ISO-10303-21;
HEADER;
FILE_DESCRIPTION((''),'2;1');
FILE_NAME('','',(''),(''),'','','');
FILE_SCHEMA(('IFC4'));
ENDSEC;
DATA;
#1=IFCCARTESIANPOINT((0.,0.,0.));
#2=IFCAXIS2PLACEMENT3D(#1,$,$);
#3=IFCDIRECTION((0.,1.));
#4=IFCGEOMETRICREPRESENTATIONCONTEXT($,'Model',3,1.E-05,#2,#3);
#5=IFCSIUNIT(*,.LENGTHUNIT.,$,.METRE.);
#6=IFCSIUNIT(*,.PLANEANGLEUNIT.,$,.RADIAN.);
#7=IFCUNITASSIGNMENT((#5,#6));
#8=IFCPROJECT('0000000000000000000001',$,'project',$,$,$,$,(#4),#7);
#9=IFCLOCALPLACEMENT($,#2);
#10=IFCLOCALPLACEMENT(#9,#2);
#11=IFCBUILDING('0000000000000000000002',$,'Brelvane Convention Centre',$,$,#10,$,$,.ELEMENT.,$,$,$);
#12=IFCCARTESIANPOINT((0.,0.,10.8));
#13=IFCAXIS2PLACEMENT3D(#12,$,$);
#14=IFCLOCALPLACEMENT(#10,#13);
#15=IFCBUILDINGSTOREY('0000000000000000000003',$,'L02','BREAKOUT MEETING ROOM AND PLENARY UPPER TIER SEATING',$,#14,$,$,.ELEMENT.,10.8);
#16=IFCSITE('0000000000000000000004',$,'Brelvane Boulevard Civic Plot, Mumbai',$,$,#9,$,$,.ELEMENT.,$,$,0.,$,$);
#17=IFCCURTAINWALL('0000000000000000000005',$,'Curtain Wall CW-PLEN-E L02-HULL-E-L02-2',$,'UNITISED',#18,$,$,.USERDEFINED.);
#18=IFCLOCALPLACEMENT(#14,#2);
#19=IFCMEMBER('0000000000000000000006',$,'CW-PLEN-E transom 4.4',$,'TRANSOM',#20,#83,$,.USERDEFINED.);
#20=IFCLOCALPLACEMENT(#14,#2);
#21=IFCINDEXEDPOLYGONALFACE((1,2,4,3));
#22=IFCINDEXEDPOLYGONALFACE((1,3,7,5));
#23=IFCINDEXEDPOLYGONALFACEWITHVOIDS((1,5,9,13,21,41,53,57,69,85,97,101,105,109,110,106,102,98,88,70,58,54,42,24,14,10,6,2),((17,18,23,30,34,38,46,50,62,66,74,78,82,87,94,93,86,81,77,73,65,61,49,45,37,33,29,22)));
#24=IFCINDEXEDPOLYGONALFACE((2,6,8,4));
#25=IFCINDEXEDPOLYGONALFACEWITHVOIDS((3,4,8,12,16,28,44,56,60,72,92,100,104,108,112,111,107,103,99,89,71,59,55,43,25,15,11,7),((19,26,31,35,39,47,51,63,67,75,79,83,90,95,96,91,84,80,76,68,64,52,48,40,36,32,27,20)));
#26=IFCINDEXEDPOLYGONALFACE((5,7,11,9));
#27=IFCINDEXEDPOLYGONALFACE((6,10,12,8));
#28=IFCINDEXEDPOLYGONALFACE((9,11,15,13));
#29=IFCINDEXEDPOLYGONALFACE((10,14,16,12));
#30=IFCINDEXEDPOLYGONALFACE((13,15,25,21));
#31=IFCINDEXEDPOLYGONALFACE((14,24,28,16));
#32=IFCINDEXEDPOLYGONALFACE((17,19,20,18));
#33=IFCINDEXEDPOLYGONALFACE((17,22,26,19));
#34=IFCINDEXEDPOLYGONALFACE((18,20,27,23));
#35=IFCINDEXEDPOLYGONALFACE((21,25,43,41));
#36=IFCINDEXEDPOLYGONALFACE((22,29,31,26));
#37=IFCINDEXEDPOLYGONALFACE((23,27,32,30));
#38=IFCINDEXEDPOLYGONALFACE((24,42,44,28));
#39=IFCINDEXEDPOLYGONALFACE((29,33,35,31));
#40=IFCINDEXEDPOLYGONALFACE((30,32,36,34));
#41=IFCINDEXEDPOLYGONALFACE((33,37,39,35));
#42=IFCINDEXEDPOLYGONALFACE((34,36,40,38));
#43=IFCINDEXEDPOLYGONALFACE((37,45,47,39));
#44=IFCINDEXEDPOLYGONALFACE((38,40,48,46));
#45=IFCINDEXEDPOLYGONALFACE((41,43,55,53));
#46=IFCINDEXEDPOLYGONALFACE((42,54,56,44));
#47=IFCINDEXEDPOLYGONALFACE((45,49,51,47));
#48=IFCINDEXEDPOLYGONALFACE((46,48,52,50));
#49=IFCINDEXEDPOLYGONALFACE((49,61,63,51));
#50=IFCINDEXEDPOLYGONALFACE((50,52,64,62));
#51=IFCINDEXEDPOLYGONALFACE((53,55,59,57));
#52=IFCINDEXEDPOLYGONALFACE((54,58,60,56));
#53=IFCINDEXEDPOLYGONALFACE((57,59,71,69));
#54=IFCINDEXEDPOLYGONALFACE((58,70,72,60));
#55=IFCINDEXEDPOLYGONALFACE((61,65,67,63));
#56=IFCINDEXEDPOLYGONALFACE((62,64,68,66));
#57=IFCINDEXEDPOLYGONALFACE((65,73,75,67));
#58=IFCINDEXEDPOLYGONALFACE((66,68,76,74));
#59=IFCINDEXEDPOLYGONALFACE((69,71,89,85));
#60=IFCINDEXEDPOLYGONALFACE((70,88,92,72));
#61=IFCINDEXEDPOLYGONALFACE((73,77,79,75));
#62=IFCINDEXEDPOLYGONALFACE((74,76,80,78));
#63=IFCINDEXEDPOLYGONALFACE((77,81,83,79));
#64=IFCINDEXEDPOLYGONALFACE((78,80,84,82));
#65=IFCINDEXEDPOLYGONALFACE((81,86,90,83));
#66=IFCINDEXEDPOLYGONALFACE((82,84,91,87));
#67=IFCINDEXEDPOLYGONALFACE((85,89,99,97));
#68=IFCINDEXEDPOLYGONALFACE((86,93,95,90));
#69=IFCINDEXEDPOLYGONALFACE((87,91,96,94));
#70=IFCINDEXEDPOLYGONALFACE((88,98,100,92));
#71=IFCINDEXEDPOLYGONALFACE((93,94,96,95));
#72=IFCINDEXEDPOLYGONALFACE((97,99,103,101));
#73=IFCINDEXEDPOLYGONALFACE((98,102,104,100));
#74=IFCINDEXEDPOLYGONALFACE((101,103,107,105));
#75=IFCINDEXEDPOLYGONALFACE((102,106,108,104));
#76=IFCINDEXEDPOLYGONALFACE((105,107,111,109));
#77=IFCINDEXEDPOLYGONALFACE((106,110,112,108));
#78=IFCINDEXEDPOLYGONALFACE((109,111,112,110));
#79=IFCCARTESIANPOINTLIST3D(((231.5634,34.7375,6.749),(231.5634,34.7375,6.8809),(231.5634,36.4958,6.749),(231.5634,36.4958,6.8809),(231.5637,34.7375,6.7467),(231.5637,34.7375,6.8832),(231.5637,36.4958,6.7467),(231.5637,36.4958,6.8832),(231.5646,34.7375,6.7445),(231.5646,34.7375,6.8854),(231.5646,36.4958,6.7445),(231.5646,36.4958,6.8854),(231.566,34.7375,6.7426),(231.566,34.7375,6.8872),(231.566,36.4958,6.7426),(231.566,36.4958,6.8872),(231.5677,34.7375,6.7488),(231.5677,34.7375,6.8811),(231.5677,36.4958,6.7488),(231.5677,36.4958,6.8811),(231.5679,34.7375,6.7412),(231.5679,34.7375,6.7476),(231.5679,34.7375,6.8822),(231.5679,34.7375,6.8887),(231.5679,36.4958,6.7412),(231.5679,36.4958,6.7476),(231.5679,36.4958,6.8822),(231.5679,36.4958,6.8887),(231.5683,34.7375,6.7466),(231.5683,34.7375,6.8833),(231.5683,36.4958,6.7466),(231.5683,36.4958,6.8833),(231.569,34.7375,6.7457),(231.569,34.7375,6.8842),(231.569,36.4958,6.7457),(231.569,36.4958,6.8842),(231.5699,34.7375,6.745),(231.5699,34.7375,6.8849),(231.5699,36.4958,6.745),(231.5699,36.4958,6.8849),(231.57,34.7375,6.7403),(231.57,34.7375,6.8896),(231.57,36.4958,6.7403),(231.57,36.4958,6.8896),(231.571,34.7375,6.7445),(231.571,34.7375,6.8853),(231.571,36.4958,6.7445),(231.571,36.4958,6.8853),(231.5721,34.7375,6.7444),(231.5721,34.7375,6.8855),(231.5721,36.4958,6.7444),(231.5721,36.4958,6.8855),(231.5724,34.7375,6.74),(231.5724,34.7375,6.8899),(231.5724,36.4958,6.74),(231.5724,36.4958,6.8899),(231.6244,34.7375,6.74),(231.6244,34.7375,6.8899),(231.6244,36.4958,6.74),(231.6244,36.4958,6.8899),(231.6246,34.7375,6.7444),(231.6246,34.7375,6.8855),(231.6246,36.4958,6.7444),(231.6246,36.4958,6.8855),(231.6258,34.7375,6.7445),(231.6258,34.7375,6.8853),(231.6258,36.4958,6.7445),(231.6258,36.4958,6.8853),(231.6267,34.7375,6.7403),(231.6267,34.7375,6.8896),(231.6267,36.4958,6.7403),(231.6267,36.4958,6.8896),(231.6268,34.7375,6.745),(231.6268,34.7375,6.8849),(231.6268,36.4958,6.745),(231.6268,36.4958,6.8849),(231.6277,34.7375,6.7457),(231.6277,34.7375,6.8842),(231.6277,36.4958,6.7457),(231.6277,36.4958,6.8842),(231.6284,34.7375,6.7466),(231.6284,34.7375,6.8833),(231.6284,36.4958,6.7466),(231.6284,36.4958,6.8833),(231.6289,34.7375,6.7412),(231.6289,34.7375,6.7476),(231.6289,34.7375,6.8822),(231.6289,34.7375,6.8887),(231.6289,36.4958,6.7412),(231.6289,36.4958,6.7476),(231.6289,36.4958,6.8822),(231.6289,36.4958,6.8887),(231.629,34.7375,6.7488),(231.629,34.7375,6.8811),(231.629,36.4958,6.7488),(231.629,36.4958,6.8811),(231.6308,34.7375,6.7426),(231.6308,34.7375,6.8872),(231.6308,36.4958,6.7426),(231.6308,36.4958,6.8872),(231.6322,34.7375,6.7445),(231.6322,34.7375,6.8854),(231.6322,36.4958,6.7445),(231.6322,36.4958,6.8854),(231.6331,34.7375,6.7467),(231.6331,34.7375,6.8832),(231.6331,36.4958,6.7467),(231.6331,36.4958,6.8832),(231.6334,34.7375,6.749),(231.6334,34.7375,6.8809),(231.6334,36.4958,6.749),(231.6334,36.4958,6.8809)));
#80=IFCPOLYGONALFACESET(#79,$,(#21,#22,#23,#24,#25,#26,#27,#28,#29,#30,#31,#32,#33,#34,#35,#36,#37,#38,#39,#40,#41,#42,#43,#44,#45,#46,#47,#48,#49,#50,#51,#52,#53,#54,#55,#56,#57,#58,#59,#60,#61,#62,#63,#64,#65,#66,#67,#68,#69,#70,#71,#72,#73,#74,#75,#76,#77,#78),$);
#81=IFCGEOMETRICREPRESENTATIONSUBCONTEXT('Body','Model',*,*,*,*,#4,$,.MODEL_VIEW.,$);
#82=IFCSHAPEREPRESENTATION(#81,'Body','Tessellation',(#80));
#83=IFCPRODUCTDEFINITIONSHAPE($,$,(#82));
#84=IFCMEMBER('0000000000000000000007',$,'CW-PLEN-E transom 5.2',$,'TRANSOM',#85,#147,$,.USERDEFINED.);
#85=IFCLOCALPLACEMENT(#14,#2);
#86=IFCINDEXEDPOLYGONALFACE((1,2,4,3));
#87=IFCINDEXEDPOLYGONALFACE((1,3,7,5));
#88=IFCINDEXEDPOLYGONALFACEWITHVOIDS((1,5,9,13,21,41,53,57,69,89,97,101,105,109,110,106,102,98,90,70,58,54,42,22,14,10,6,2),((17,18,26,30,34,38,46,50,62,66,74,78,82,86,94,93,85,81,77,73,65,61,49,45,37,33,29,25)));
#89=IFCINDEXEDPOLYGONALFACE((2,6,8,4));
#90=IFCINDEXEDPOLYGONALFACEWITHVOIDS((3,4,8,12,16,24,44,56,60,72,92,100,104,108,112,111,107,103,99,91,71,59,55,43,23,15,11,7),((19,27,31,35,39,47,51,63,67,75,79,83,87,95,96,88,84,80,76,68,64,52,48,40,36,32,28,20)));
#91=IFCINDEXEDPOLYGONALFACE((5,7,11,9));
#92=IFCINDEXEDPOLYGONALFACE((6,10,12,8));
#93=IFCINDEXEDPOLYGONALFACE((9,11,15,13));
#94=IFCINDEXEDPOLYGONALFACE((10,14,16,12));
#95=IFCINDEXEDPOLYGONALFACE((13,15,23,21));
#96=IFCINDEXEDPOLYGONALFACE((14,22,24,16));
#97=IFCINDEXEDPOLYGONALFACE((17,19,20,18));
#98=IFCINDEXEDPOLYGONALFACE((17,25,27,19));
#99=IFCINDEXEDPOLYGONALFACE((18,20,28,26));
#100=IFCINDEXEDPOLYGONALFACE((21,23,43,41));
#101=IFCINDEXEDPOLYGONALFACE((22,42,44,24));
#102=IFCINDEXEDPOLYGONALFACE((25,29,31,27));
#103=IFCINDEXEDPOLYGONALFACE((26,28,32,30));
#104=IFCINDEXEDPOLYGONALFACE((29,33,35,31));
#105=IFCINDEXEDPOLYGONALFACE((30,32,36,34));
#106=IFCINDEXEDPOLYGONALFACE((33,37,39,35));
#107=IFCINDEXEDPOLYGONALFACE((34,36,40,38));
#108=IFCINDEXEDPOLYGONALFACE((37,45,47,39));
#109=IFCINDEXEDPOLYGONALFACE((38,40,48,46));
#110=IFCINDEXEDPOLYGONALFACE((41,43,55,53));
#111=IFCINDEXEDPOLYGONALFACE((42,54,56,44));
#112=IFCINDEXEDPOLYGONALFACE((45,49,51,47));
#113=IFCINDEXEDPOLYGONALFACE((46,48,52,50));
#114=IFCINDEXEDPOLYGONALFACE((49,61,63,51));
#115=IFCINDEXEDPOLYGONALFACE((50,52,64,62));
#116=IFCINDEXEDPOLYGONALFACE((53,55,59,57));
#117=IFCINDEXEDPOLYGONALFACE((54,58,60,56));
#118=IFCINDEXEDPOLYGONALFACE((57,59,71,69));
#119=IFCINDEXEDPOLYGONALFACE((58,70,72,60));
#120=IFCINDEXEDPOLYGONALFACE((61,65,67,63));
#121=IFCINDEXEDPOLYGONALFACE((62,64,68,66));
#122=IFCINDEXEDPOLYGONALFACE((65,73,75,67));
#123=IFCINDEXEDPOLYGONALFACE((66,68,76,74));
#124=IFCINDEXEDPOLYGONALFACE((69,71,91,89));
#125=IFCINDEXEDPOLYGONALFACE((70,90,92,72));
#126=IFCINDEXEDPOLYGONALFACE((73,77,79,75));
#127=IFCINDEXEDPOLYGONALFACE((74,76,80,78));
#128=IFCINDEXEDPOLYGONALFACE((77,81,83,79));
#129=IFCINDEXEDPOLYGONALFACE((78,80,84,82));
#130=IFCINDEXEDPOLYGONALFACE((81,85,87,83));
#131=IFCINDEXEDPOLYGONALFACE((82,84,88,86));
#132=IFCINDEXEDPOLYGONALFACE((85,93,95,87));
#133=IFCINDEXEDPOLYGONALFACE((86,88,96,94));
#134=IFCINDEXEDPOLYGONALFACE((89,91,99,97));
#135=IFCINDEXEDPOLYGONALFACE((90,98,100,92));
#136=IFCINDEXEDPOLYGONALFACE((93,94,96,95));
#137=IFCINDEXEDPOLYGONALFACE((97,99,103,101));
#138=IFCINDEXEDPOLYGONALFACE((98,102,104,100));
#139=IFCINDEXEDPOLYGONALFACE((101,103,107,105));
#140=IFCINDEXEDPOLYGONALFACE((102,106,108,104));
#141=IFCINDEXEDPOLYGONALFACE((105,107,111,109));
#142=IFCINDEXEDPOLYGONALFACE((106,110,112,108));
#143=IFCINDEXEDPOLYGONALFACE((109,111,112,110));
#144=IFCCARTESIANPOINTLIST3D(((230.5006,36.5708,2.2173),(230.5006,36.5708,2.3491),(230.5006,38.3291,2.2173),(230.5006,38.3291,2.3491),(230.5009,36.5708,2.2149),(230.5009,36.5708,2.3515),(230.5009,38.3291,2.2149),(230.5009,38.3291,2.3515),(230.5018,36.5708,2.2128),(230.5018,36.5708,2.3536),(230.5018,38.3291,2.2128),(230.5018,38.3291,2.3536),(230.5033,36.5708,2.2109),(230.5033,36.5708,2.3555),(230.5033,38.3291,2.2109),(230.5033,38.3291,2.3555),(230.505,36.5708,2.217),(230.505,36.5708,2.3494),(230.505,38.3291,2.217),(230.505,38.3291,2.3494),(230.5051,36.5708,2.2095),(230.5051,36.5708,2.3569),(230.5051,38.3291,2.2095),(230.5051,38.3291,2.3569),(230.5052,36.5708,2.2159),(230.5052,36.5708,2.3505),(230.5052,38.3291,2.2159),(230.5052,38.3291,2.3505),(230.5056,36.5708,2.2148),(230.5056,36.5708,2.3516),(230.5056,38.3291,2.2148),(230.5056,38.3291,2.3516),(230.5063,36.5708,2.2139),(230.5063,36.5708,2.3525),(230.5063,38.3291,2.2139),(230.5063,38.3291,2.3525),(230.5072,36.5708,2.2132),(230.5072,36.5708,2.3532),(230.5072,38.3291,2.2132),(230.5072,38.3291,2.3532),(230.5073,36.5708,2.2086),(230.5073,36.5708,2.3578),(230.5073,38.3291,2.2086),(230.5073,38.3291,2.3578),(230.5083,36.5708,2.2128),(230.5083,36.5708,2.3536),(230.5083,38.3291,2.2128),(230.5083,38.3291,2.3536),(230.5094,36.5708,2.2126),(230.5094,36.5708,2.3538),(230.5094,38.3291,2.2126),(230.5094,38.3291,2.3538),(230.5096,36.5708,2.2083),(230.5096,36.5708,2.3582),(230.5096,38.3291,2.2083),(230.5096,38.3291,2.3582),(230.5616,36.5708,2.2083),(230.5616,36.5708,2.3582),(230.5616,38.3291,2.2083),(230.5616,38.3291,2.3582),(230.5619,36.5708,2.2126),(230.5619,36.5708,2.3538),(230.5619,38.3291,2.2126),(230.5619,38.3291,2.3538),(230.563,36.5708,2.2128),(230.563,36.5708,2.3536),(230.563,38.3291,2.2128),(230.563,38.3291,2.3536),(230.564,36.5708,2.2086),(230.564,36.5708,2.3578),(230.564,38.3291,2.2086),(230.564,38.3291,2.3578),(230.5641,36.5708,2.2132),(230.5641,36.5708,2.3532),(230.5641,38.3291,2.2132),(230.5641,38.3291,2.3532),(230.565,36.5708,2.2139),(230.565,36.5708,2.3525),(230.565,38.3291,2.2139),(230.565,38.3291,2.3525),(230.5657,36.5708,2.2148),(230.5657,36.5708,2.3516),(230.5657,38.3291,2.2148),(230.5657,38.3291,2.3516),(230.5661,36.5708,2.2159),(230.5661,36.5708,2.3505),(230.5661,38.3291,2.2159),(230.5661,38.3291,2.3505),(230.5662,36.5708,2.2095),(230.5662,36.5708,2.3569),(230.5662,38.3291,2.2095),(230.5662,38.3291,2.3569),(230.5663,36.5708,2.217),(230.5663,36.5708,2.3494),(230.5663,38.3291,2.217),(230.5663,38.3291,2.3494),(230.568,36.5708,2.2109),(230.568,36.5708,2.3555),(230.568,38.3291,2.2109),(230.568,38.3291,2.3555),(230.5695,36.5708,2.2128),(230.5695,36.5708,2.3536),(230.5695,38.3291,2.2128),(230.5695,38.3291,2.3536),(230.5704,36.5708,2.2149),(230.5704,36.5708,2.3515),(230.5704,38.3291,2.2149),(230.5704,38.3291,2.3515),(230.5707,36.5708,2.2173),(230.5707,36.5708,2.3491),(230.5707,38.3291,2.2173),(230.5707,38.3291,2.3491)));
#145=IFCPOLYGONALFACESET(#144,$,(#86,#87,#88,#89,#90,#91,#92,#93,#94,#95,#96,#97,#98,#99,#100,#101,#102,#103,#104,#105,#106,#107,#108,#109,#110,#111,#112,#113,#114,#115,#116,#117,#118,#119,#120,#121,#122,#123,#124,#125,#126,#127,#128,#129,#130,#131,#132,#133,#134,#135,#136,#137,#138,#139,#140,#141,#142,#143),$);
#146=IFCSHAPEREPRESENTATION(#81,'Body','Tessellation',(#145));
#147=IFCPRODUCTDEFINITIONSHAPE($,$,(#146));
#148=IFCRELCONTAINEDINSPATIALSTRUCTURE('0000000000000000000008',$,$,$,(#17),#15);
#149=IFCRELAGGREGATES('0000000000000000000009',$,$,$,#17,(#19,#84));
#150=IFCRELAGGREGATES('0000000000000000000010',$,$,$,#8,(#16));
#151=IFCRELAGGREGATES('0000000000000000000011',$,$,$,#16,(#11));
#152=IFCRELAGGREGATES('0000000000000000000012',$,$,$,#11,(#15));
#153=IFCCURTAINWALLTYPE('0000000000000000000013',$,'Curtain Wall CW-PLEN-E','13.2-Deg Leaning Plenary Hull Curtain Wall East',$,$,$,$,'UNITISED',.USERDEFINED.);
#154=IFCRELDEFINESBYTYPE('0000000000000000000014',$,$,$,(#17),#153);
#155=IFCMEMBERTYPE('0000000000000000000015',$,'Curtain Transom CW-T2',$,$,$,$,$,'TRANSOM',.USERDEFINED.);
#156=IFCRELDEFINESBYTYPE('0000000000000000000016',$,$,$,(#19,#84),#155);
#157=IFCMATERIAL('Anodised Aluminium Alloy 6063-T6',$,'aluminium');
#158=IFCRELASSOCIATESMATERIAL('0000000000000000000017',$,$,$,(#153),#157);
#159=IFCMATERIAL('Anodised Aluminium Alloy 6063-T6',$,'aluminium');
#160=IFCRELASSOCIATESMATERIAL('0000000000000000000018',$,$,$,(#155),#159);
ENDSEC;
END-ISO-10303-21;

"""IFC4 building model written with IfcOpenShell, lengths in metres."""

from ifc_helpers import new_model, si_unit, direction, frame, origin, origin_2d, place, context, subcontext, project, spatial, hollow_rectangle, extrude, material, material_profile, profile_set, type_object, element, aggregate, save


model = new_model("IFC4")

# Units and contexts
model_context = context("Model", 3, precision=1e-05, world=origin(), true_north=direction((0.0, 1.0)))
body_context = subcontext(model_context, "Body", "Model", "MODEL_VIEW")
ifc_project = project(units=[si_unit("LENGTHUNIT", "METRE"), si_unit("PLANEANGLEUNIT", "RADIAN")], contexts=[model_context])

# Site, building, storey
site_placement = place(None, origin())
site = spatial("IfcSite", under=ifc_project, at=site_placement, Name="Brelvane Boulevard Civic Plot, Mumbai", CompositionType="ELEMENT", RefElevation=0.0)
building_placement = place(site_placement, origin())
building = spatial("IfcBuilding", under=site, at=building_placement, Name="Brelvane Convention Centre", CompositionType="ELEMENT")
storey_placement = place(building_placement, frame((0.0, 0.0, 10.8)))
storey = spatial("IfcBuildingStorey", under=building, at=storey_placement, Name="L02", Description="BREAKOUT MEETING ROOM AND PLENARY UPPER TIER SEATING", CompositionType="ELEMENT", Elevation=10.8)

# Curtain wall, members
ifc_material_1 = material(Name="Anodised Aluminium Alloy 6063-T6", Category="aluminium")
curtain_wall_type = type_object("IfcCurtainWallType", Name="Curtain Wall CW-PLEN-E", Description="13.2-Deg Leaning Plenary Hull Curtain Wall East", ElementType="UNITISED", PredefinedType="USERDEFINED", material=ifc_material_1)
curtain_wall_1_placement = place(storey_placement, origin())
curtain_wall_1 = element("IfcCurtainWall", 1, at=curtain_wall_1_placement, inside=storey, type_object=curtain_wall_type, Name="Curtain Wall CW-PLEN-E L02-HULL-E-L02-2", ObjectType="UNITISED", PredefinedType="USERDEFINED")
ifc_material_2 = material(Name="Anodised Aluminium Alloy 6063-T6", Category="aluminium")
ifc_material_profile = material_profile(ifc_material_2, hollow_rectangle(XDim=0.0701, YDim=0.1499, WallThickness=0.0044, InnerFilletRadius=0.0044, OuterFilletRadius=0.009, at=origin_2d()), Name="ALU-T 150x70x4.5")
ifc_profile_set = profile_set([ifc_material_profile], Name="Anodised Aluminium Alloy 6063-T6")
member_type = type_object("IfcMemberType", Name="Curtain Transom CW-T2", ElementType="TRANSOM", PredefinedType="USERDEFINED", material=ifc_profile_set)
member_1_placement = place(storey_placement, frame((231.5984, 34.7375, 6.8149), z_axis=(0.0, 1.0, 0.0), x_axis=(-1.0, 0.0, 0.0)))
member_1 = element("IfcMember", 2, at=member_1_placement, type_object=member_type, Name="CW-PLEN-E transom 4.4", ObjectType="TRANSOM", PredefinedType="USERDEFINED", context=body_context, shape_type="SweptSolid", body=[
    extrude(hollow_rectangle(XDim=0.0701, YDim=0.1499, WallThickness=0.0044, InnerFilletRadius=0.0044, OuterFilletRadius=0.009, at=origin_2d()), origin(), (0.0, 0.0, 1.0), 1.7583),
])
member_2_placement = place(storey_placement, frame((230.5356, 36.5708, 2.2832), z_axis=(0.0, 1.0, 0.0), x_axis=(-1.0, 0.0, 0.0)))
member_2 = element("IfcMember", 3, at=member_2_placement, type_object=member_type, Name="CW-PLEN-E transom 5.2", ObjectType="TRANSOM", PredefinedType="USERDEFINED", context=body_context, shape_type="SweptSolid", body=[
    extrude(hollow_rectangle(XDim=0.0701, YDim=0.1499, WallThickness=0.0044, InnerFilletRadius=0.0044, OuterFilletRadius=0.009, at=origin_2d()), origin(), (0.0, 0.0, 1.0), 1.7583),
])

aggregate(curtain_wall_1, [member_1, member_2])

save(model, "model.ifc")
